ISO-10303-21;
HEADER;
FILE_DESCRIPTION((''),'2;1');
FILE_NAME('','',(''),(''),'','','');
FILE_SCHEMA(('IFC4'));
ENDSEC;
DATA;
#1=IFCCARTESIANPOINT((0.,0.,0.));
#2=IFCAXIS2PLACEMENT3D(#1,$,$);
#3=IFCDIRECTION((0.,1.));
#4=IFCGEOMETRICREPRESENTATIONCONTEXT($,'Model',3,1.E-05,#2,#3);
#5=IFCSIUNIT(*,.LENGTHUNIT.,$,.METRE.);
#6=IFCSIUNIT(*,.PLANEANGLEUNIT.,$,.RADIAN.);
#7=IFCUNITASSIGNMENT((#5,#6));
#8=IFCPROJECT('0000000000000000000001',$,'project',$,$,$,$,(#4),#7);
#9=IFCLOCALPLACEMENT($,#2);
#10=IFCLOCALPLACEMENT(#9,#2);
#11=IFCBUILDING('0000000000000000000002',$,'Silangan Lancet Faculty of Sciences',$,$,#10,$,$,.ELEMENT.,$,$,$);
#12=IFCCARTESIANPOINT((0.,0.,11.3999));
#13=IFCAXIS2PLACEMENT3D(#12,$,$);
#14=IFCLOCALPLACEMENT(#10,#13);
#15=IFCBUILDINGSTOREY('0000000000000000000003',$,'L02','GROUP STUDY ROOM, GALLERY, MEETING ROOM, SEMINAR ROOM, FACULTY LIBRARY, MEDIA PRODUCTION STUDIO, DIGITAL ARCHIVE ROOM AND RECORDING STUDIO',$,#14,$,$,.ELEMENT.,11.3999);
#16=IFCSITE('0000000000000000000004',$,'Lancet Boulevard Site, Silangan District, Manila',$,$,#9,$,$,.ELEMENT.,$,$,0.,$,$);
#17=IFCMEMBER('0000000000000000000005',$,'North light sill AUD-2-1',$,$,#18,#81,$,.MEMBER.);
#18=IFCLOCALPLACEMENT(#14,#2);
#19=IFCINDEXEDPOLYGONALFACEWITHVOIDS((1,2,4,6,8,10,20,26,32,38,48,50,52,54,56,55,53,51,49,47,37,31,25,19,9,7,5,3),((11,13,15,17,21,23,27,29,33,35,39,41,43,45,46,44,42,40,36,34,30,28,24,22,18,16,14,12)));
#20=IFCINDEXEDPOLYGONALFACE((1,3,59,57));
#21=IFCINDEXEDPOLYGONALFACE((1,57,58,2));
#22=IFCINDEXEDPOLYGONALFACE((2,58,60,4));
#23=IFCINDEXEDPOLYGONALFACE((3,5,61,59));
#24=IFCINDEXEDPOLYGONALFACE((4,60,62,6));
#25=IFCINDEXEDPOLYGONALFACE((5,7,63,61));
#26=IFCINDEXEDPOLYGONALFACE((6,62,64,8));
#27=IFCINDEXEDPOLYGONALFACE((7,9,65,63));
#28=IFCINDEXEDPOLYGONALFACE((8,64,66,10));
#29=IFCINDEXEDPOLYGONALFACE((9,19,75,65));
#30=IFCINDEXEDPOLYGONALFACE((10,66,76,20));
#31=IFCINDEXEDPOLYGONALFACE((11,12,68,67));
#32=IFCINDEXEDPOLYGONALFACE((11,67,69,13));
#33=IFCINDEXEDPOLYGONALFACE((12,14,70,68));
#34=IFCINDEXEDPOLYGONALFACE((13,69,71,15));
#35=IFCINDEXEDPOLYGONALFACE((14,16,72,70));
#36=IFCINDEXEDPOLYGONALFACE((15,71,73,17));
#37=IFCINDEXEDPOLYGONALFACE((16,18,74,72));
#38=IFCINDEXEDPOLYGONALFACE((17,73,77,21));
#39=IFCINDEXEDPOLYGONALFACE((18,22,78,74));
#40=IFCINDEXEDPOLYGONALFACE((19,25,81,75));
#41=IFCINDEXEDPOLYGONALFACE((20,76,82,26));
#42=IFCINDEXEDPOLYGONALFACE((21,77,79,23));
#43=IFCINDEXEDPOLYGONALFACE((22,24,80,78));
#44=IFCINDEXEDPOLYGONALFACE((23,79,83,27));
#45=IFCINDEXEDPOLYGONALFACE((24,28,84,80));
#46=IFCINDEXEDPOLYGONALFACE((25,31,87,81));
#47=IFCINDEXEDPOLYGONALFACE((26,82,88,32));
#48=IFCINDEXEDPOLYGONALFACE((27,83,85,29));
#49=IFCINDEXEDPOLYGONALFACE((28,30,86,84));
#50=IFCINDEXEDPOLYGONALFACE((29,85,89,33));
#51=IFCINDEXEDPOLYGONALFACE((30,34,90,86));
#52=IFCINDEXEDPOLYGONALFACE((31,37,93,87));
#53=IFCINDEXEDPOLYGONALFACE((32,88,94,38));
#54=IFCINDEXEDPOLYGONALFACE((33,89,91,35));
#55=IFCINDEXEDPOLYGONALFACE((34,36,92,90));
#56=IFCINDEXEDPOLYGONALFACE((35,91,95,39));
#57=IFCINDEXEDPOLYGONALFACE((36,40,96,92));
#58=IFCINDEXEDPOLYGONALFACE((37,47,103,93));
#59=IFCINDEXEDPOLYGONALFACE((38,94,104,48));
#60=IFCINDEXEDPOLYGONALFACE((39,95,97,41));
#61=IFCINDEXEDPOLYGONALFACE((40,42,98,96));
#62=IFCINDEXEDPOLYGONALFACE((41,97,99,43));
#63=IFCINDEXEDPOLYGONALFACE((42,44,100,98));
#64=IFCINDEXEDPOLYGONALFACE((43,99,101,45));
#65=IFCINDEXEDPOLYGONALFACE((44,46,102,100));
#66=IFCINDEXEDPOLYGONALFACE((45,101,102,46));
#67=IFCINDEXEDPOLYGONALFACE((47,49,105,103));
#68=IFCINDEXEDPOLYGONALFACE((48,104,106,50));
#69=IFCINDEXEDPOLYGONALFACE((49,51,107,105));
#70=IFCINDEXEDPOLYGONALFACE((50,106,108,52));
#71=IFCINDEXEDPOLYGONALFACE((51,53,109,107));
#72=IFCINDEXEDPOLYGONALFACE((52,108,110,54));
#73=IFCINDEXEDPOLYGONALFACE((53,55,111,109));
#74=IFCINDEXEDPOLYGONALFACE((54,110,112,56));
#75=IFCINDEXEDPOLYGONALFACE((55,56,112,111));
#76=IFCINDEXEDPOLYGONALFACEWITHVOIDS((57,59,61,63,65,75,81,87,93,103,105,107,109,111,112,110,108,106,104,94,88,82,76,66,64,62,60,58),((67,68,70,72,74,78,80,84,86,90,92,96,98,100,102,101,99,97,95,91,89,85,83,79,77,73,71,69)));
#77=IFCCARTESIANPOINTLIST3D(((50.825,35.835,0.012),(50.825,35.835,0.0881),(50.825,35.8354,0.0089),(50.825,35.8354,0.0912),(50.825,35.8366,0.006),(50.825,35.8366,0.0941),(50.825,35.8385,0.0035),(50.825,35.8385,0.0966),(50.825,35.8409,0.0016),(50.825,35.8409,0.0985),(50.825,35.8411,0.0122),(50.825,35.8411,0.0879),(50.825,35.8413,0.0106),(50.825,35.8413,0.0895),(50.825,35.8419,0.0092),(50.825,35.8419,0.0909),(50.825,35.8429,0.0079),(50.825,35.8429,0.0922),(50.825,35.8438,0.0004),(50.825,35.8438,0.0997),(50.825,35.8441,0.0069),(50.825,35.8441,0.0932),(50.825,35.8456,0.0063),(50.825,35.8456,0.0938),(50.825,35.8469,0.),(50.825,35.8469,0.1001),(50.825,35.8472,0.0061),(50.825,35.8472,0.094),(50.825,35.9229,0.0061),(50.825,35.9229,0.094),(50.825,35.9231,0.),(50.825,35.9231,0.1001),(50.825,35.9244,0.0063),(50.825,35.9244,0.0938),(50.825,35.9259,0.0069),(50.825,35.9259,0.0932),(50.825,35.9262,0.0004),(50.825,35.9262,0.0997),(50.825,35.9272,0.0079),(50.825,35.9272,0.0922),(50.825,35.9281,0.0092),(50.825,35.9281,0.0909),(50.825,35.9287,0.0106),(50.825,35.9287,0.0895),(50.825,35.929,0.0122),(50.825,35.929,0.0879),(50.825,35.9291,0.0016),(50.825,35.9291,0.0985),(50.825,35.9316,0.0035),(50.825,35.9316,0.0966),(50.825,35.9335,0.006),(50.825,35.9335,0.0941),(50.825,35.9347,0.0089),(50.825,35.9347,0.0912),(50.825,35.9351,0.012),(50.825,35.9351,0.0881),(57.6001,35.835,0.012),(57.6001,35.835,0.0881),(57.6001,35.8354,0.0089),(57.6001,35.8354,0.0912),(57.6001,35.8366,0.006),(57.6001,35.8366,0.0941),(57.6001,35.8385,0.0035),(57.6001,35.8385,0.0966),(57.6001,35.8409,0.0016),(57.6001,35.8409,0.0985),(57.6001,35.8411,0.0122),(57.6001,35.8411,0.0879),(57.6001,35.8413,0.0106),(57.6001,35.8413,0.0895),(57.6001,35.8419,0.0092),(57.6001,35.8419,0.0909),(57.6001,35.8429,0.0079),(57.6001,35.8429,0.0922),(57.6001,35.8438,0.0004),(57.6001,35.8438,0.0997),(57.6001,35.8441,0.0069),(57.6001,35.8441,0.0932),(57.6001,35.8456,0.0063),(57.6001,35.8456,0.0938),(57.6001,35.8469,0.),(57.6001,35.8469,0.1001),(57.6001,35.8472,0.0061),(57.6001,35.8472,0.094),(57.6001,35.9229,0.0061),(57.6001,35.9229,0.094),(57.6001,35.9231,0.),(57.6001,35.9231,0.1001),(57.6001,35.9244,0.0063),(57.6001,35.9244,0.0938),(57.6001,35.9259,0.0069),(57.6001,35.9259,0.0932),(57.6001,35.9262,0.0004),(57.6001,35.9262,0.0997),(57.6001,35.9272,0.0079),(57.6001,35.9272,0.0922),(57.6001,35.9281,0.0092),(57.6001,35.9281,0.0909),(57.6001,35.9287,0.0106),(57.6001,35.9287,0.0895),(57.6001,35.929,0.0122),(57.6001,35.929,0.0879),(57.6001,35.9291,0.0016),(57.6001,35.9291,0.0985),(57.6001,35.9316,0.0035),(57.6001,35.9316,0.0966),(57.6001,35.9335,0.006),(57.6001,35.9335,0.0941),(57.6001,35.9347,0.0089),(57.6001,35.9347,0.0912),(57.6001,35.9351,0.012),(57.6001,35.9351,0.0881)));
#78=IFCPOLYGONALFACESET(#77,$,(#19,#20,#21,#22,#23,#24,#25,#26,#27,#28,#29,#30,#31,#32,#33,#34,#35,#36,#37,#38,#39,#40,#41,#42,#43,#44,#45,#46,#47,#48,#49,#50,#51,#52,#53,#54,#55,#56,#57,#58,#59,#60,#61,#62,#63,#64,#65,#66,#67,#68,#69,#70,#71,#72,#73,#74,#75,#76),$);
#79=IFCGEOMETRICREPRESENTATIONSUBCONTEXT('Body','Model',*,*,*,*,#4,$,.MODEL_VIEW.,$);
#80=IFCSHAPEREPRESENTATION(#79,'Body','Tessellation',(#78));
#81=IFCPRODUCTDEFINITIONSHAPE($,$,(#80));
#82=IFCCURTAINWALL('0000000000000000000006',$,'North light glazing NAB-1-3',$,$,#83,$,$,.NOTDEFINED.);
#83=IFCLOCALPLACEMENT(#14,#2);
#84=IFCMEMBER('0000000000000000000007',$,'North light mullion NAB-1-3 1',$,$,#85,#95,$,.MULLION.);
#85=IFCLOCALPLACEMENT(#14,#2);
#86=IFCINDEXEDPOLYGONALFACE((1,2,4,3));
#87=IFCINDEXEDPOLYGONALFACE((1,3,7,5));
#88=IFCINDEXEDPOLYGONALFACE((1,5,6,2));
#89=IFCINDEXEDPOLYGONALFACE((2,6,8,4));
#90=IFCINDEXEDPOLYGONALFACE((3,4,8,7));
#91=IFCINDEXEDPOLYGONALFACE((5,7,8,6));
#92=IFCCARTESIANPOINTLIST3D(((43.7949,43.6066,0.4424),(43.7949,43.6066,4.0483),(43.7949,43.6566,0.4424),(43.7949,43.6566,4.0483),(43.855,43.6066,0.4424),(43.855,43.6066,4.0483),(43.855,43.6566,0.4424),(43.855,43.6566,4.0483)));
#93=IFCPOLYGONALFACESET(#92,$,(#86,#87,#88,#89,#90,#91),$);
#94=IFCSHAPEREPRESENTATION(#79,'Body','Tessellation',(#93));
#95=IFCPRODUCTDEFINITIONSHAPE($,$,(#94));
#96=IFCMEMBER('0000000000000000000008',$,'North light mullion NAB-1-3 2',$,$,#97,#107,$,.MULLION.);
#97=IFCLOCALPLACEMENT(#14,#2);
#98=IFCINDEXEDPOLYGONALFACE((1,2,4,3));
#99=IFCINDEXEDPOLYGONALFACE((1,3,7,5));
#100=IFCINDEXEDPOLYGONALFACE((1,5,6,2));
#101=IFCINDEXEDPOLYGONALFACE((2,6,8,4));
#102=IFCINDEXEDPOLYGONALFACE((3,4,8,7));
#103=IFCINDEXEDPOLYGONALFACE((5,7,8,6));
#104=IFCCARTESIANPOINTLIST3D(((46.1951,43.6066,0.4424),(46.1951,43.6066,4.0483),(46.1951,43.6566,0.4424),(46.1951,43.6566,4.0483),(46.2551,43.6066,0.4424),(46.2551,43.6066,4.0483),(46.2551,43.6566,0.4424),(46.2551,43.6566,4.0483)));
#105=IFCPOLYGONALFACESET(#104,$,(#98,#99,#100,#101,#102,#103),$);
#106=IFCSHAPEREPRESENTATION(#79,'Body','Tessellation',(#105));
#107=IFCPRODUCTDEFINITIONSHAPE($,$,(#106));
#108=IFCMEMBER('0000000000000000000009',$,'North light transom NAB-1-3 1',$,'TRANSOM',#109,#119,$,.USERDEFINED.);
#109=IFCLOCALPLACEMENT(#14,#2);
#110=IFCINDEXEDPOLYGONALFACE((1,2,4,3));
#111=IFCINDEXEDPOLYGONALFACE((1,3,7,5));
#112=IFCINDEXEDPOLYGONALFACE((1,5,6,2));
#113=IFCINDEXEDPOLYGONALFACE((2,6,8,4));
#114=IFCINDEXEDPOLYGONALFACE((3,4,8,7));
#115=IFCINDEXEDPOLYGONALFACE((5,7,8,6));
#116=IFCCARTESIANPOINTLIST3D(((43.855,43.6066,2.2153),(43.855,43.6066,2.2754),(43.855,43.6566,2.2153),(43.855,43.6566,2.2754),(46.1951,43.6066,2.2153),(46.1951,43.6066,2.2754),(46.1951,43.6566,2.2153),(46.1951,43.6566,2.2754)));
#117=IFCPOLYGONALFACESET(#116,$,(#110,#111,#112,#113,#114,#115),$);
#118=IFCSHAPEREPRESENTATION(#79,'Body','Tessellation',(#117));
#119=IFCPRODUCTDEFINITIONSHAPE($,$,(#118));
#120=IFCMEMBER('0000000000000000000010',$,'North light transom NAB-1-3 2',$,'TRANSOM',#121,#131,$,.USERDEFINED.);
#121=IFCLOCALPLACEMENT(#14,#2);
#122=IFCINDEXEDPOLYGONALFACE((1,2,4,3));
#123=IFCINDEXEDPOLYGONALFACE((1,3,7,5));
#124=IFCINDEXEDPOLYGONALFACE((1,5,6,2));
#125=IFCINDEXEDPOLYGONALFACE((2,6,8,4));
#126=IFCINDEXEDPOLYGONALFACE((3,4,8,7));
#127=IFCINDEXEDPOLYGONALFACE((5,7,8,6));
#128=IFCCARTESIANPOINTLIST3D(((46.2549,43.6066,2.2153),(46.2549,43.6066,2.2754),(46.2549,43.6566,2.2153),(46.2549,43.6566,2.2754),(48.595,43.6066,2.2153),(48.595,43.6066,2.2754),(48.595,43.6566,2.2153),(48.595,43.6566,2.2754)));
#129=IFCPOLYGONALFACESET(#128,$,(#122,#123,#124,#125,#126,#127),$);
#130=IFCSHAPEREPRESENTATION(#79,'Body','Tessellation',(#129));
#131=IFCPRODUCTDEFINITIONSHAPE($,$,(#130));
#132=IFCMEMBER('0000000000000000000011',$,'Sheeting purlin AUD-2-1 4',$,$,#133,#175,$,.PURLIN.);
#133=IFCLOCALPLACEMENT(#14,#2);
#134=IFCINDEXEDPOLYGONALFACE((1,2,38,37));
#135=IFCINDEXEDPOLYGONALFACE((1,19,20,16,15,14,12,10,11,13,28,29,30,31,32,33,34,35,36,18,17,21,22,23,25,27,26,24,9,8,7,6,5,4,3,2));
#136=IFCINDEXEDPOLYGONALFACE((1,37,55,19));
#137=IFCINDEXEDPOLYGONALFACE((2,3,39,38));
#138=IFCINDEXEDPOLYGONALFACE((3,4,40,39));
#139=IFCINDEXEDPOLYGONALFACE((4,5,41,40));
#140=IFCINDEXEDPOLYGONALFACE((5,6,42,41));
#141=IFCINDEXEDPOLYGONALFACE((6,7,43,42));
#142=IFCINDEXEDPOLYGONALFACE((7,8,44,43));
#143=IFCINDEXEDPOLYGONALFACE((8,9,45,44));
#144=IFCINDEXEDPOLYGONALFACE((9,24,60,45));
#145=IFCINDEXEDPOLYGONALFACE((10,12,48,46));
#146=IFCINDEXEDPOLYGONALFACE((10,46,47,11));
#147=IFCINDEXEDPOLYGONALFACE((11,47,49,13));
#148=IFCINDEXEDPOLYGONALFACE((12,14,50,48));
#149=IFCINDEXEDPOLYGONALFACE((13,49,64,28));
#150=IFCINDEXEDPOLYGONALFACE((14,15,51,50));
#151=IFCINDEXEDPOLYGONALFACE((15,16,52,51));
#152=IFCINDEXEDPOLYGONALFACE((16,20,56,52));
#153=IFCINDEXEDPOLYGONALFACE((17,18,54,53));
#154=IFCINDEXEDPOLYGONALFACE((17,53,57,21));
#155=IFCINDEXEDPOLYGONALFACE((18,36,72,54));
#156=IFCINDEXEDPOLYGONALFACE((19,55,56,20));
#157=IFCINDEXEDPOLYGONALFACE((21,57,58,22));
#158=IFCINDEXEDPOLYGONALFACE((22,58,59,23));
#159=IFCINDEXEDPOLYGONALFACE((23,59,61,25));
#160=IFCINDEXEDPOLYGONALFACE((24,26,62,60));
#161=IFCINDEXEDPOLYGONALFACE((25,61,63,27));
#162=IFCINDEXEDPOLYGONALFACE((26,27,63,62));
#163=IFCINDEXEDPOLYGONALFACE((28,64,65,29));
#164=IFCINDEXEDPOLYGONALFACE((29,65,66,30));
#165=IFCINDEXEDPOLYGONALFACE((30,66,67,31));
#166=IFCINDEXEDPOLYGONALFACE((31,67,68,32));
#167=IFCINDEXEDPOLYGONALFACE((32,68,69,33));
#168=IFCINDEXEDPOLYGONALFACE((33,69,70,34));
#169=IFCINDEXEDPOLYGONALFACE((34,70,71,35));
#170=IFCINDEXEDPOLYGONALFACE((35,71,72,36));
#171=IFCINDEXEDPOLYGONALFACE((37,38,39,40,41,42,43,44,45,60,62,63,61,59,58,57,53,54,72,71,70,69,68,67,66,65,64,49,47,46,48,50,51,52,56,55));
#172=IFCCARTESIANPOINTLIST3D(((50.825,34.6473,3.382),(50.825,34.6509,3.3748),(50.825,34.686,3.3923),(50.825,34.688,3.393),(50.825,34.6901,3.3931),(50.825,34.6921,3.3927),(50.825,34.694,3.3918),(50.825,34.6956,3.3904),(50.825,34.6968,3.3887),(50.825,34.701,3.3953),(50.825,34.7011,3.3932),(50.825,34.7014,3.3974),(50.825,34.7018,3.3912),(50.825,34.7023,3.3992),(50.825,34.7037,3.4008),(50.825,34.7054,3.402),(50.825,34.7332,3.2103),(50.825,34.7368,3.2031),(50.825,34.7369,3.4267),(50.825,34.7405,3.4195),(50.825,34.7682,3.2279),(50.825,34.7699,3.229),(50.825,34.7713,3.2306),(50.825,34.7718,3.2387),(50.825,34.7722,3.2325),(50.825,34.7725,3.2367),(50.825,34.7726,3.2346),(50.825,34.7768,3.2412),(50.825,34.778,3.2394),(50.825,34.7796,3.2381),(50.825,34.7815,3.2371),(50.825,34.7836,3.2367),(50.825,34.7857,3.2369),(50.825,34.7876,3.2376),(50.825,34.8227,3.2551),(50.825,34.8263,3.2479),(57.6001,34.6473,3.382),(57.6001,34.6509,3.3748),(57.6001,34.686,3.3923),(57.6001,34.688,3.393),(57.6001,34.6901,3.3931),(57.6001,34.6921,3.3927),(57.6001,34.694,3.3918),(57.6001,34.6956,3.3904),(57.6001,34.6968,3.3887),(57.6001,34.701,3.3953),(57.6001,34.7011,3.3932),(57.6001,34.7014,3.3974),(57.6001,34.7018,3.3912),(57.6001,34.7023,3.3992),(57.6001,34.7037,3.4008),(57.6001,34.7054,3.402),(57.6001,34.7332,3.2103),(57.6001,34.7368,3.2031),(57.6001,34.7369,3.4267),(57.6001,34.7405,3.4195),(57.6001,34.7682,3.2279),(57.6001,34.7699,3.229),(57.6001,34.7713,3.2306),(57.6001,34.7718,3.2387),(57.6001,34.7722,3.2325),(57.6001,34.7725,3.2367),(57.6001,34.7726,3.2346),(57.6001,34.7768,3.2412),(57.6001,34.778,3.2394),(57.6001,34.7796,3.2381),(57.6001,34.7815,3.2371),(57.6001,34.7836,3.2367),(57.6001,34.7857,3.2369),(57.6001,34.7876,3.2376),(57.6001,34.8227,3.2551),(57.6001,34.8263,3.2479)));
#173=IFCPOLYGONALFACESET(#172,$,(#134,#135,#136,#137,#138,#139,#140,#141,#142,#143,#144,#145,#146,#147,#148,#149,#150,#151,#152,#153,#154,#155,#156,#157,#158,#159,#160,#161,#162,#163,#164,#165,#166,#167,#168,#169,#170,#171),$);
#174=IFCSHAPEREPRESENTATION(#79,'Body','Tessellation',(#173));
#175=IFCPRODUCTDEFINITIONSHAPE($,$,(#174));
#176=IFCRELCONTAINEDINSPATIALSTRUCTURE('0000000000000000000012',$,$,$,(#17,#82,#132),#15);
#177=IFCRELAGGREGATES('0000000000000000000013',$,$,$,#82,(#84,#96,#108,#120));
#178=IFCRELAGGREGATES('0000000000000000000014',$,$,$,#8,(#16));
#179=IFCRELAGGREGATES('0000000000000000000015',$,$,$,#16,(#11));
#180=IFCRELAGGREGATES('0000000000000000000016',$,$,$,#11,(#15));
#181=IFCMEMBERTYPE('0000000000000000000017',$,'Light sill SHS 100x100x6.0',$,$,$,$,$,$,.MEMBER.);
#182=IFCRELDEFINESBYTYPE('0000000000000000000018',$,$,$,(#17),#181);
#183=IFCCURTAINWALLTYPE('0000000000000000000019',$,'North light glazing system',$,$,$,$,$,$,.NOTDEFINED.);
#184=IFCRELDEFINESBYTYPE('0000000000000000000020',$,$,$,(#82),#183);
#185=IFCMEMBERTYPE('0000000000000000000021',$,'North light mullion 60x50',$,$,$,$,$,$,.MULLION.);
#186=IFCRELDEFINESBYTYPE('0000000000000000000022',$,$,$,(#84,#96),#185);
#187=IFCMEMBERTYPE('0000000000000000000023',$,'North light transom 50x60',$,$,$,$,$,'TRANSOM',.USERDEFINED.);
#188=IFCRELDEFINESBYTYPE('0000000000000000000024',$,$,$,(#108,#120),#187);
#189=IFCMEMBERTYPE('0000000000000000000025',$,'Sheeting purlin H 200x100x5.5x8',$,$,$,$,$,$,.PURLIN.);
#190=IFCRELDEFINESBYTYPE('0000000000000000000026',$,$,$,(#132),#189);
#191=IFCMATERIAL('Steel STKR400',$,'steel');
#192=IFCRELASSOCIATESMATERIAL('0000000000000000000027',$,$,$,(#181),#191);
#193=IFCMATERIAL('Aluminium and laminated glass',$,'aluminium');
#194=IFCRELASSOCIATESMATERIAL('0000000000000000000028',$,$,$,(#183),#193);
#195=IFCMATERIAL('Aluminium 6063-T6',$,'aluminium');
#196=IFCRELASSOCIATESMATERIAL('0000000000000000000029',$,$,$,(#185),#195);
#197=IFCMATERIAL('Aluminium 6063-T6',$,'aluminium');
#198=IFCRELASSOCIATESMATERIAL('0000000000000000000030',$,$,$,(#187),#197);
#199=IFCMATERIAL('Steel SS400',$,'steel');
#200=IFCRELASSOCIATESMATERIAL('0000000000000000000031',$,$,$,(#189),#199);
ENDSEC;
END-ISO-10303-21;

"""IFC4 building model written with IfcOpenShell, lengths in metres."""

from ifc_helpers import new_model, si_unit, direction, frame, origin, origin_2d, place, context, subcontext, project, spatial, rectangle, hollow_rectangle, i_section, extrude, material, material_profile, profile_set, type_object, element, aggregate, save


model = new_model("IFC4")

# Units and contexts
model_context = context("Model", 3, precision=1e-05, world=origin(), true_north=direction((0.0, 1.0)))
body_context = subcontext(model_context, "Body", "Model", "MODEL_VIEW")
ifc_project = project(units=[si_unit("LENGTHUNIT", "METRE"), si_unit("PLANEANGLEUNIT", "RADIAN")], contexts=[model_context])

# Site, building, storey
site_placement = place(None, origin())
site = spatial("IfcSite", under=ifc_project, at=site_placement, Name="Lancet Boulevard Site, Silangan District, Manila", CompositionType="ELEMENT", RefElevation=0.0)
building_placement = place(site_placement, origin())
building = spatial("IfcBuilding", under=site, at=building_placement, Name="Silangan Lancet Faculty of Sciences", CompositionType="ELEMENT")
storey_placement = place(building_placement, frame((0.0, 0.0, 11.3999)))
storey = spatial("IfcBuildingStorey", under=building, at=storey_placement, Name="L02", Description="GROUP STUDY ROOM, GALLERY, MEETING ROOM, SEMINAR ROOM, FACULTY LIBRARY, MEDIA PRODUCTION STUDIO, DIGITAL ARCHIVE ROOM AND RECORDING STUDIO", CompositionType="ELEMENT", Elevation=11.3999)

# Member
ifc_material_1 = material(Name="Steel STKR400", Category="steel")
ifc_material_profile_1 = material_profile(ifc_material_1, hollow_rectangle(XDim=0.1001, YDim=0.1001, WallThickness=0.0061, InnerFilletRadius=0.0061, OuterFilletRadius=0.012, at=origin_2d()), Name="SHS 100x100x6.0")
ifc_profile_set_1 = profile_set([ifc_material_profile_1], Name="Steel STKR400")
member_type_1 = type_object("IfcMemberType", Name="Light sill SHS 100x100x6.0", PredefinedType="MEMBER", material=ifc_profile_set_1)
member_1_placement = place(storey_placement, frame((50.825, 35.885, 0.05), z_axis=(1.0, 0.0, 0.0), x_axis=(0.0, 1.0, 0.0)))
element("IfcMember", 1, at=member_1_placement, inside=storey, type_object=member_type_1, Name="North light sill AUD-2-1", PredefinedType="MEMBER", context=body_context, shape_type="SweptSolid", body=[
    extrude(hollow_rectangle(XDim=0.1001, YDim=0.1001, WallThickness=0.0061, InnerFilletRadius=0.0061, OuterFilletRadius=0.012, at=origin_2d()), origin(), (0.0, 0.0, 1.0), 6.7751),
])

# Curtain wall, members
ifc_material_2 = material(Name="Aluminium and laminated glass", Category="aluminium")
curtain_wall_type_1 = type_object("IfcCurtainWallType", Name="North light glazing system", PredefinedType="NOTDEFINED", material=ifc_material_2)
curtain_wall_1_placement = place(storey_placement, origin())
curtain_wall_1 = element("IfcCurtainWall", 2, at=curtain_wall_1_placement, inside=storey, type_object=curtain_wall_type_1, Name="North light glazing NAB-1-3", PredefinedType="NOTDEFINED")
ifc_material_3 = material(Name="Aluminium 6063-T6", Category="aluminium")
ifc_material_profile_2 = material_profile(ifc_material_3, rectangle(XDim=0.0601, YDim=0.05, at=origin_2d()), Name="AL 60x50")
ifc_profile_set_2 = profile_set([ifc_material_profile_2], Name="Aluminium 6063-T6")
member_type_2 = type_object("IfcMemberType", Name="North light mullion 60x50", PredefinedType="MULLION", material=ifc_profile_set_2)
member_2_placement = place(storey_placement, frame((43.825, 43.6316, 0.4424), z_axis=(0.0, 0.0, 1.0), x_axis=(1.0, 0.0, 0.0)))
member_2 = element("IfcMember", 3, at=member_2_placement, type_object=member_type_2, Name="North light mullion NAB-1-3 1", PredefinedType="MULLION", context=body_context, shape_type="SweptSolid", body=[
    extrude(rectangle(XDim=0.0601, YDim=0.05, at=origin_2d()), origin(), (0.0, 0.0, 1.0), 3.606),
])
member_3_placement = place(storey_placement, frame((46.2251, 43.6316, 0.4424), z_axis=(0.0, 0.0, 1.0), x_axis=(1.0, 0.0, 0.0)))
member_3 = element("IfcMember", 4, at=member_3_placement, type_object=member_type_2, Name="North light mullion NAB-1-3 2", PredefinedType="MULLION", context=body_context, shape_type="SweptSolid", body=[
    extrude(rectangle(XDim=0.0601, YDim=0.05, at=origin_2d()), origin(), (0.0, 0.0, 1.0), 3.606),
])
ifc_material_4 = material(Name="Aluminium 6063-T6", Category="aluminium")
ifc_material_profile_3 = material_profile(ifc_material_4, rectangle(XDim=0.05, YDim=0.0601, at=origin_2d()), Name="AL 50x60")
ifc_profile_set_3 = profile_set([ifc_material_profile_3], Name="Aluminium 6063-T6")
member_type_3 = type_object("IfcMemberType", Name="North light transom 50x60", ElementType="TRANSOM", PredefinedType="USERDEFINED", material=ifc_profile_set_3)
member_4_placement = place(storey_placement, frame((43.855, 43.6316, 2.2454), z_axis=(1.0, 0.0, 0.0), x_axis=(0.0, 1.0, 0.0)))
member_4 = element("IfcMember", 5, at=member_4_placement, type_object=member_type_3, Name="North light transom NAB-1-3 1", ObjectType="TRANSOM", PredefinedType="USERDEFINED", context=body_context, shape_type="SweptSolid", body=[
    extrude(rectangle(XDim=0.05, YDim=0.0601, at=origin_2d()), origin(), (0.0, 0.0, 1.0), 2.3401),
])
member_5_placement = place(storey_placement, frame((46.2549, 43.6316, 2.2454), z_axis=(1.0, 0.0, 0.0), x_axis=(0.0, 1.0, 0.0)))
member_5 = element("IfcMember", 6, at=member_5_placement, type_object=member_type_3, Name="North light transom NAB-1-3 2", ObjectType="TRANSOM", PredefinedType="USERDEFINED", context=body_context, shape_type="SweptSolid", body=[
    extrude(rectangle(XDim=0.05, YDim=0.0601, at=origin_2d()), origin(), (0.0, 0.0, 1.0), 2.3401),
])

# Member
ifc_material_5 = material(Name="Steel SS400", Category="steel")
ifc_material_profile_4 = material_profile(ifc_material_5, i_section(OverallWidth=0.1001, OverallDepth=0.2, WebThickness=0.0056, FlangeThickness=0.0081, FilletRadius=0.0081, at=origin_2d()), Name="H 200x100x5.5x8")
ifc_profile_set_4 = profile_set([ifc_material_profile_4], Name="Steel SS400")
member_type_4 = type_object("IfcMemberType", Name="Sheeting purlin H 200x100x5.5x8", PredefinedType="PURLIN", material=ifc_profile_set_4)
for number, where, z_axis, x_axis, name in (
    (7, (50.825, 34.7368, 3.3149), (1.0, 0.0, 0.0), (0.0, 0.894427, 0.447214), "Sheeting purlin AUD-2-1 4"),
):
    element("IfcMember", number, at=place(storey_placement, frame(where, z_axis=z_axis, x_axis=x_axis)), inside=storey, type_object=member_type_4, Name=name, PredefinedType="PURLIN", context=body_context, shape_type="SweptSolid", body=[
        extrude(i_section(OverallWidth=0.1001, OverallDepth=0.2, WebThickness=0.0056, FlangeThickness=0.0081, FilletRadius=0.0081, at=origin_2d()), origin(), (0.0, 0.0, 1.0), 6.7751),
    ])

aggregate(curtain_wall_1, [member_2, member_3, member_4, member_5])

save(model, "model.ifc")
